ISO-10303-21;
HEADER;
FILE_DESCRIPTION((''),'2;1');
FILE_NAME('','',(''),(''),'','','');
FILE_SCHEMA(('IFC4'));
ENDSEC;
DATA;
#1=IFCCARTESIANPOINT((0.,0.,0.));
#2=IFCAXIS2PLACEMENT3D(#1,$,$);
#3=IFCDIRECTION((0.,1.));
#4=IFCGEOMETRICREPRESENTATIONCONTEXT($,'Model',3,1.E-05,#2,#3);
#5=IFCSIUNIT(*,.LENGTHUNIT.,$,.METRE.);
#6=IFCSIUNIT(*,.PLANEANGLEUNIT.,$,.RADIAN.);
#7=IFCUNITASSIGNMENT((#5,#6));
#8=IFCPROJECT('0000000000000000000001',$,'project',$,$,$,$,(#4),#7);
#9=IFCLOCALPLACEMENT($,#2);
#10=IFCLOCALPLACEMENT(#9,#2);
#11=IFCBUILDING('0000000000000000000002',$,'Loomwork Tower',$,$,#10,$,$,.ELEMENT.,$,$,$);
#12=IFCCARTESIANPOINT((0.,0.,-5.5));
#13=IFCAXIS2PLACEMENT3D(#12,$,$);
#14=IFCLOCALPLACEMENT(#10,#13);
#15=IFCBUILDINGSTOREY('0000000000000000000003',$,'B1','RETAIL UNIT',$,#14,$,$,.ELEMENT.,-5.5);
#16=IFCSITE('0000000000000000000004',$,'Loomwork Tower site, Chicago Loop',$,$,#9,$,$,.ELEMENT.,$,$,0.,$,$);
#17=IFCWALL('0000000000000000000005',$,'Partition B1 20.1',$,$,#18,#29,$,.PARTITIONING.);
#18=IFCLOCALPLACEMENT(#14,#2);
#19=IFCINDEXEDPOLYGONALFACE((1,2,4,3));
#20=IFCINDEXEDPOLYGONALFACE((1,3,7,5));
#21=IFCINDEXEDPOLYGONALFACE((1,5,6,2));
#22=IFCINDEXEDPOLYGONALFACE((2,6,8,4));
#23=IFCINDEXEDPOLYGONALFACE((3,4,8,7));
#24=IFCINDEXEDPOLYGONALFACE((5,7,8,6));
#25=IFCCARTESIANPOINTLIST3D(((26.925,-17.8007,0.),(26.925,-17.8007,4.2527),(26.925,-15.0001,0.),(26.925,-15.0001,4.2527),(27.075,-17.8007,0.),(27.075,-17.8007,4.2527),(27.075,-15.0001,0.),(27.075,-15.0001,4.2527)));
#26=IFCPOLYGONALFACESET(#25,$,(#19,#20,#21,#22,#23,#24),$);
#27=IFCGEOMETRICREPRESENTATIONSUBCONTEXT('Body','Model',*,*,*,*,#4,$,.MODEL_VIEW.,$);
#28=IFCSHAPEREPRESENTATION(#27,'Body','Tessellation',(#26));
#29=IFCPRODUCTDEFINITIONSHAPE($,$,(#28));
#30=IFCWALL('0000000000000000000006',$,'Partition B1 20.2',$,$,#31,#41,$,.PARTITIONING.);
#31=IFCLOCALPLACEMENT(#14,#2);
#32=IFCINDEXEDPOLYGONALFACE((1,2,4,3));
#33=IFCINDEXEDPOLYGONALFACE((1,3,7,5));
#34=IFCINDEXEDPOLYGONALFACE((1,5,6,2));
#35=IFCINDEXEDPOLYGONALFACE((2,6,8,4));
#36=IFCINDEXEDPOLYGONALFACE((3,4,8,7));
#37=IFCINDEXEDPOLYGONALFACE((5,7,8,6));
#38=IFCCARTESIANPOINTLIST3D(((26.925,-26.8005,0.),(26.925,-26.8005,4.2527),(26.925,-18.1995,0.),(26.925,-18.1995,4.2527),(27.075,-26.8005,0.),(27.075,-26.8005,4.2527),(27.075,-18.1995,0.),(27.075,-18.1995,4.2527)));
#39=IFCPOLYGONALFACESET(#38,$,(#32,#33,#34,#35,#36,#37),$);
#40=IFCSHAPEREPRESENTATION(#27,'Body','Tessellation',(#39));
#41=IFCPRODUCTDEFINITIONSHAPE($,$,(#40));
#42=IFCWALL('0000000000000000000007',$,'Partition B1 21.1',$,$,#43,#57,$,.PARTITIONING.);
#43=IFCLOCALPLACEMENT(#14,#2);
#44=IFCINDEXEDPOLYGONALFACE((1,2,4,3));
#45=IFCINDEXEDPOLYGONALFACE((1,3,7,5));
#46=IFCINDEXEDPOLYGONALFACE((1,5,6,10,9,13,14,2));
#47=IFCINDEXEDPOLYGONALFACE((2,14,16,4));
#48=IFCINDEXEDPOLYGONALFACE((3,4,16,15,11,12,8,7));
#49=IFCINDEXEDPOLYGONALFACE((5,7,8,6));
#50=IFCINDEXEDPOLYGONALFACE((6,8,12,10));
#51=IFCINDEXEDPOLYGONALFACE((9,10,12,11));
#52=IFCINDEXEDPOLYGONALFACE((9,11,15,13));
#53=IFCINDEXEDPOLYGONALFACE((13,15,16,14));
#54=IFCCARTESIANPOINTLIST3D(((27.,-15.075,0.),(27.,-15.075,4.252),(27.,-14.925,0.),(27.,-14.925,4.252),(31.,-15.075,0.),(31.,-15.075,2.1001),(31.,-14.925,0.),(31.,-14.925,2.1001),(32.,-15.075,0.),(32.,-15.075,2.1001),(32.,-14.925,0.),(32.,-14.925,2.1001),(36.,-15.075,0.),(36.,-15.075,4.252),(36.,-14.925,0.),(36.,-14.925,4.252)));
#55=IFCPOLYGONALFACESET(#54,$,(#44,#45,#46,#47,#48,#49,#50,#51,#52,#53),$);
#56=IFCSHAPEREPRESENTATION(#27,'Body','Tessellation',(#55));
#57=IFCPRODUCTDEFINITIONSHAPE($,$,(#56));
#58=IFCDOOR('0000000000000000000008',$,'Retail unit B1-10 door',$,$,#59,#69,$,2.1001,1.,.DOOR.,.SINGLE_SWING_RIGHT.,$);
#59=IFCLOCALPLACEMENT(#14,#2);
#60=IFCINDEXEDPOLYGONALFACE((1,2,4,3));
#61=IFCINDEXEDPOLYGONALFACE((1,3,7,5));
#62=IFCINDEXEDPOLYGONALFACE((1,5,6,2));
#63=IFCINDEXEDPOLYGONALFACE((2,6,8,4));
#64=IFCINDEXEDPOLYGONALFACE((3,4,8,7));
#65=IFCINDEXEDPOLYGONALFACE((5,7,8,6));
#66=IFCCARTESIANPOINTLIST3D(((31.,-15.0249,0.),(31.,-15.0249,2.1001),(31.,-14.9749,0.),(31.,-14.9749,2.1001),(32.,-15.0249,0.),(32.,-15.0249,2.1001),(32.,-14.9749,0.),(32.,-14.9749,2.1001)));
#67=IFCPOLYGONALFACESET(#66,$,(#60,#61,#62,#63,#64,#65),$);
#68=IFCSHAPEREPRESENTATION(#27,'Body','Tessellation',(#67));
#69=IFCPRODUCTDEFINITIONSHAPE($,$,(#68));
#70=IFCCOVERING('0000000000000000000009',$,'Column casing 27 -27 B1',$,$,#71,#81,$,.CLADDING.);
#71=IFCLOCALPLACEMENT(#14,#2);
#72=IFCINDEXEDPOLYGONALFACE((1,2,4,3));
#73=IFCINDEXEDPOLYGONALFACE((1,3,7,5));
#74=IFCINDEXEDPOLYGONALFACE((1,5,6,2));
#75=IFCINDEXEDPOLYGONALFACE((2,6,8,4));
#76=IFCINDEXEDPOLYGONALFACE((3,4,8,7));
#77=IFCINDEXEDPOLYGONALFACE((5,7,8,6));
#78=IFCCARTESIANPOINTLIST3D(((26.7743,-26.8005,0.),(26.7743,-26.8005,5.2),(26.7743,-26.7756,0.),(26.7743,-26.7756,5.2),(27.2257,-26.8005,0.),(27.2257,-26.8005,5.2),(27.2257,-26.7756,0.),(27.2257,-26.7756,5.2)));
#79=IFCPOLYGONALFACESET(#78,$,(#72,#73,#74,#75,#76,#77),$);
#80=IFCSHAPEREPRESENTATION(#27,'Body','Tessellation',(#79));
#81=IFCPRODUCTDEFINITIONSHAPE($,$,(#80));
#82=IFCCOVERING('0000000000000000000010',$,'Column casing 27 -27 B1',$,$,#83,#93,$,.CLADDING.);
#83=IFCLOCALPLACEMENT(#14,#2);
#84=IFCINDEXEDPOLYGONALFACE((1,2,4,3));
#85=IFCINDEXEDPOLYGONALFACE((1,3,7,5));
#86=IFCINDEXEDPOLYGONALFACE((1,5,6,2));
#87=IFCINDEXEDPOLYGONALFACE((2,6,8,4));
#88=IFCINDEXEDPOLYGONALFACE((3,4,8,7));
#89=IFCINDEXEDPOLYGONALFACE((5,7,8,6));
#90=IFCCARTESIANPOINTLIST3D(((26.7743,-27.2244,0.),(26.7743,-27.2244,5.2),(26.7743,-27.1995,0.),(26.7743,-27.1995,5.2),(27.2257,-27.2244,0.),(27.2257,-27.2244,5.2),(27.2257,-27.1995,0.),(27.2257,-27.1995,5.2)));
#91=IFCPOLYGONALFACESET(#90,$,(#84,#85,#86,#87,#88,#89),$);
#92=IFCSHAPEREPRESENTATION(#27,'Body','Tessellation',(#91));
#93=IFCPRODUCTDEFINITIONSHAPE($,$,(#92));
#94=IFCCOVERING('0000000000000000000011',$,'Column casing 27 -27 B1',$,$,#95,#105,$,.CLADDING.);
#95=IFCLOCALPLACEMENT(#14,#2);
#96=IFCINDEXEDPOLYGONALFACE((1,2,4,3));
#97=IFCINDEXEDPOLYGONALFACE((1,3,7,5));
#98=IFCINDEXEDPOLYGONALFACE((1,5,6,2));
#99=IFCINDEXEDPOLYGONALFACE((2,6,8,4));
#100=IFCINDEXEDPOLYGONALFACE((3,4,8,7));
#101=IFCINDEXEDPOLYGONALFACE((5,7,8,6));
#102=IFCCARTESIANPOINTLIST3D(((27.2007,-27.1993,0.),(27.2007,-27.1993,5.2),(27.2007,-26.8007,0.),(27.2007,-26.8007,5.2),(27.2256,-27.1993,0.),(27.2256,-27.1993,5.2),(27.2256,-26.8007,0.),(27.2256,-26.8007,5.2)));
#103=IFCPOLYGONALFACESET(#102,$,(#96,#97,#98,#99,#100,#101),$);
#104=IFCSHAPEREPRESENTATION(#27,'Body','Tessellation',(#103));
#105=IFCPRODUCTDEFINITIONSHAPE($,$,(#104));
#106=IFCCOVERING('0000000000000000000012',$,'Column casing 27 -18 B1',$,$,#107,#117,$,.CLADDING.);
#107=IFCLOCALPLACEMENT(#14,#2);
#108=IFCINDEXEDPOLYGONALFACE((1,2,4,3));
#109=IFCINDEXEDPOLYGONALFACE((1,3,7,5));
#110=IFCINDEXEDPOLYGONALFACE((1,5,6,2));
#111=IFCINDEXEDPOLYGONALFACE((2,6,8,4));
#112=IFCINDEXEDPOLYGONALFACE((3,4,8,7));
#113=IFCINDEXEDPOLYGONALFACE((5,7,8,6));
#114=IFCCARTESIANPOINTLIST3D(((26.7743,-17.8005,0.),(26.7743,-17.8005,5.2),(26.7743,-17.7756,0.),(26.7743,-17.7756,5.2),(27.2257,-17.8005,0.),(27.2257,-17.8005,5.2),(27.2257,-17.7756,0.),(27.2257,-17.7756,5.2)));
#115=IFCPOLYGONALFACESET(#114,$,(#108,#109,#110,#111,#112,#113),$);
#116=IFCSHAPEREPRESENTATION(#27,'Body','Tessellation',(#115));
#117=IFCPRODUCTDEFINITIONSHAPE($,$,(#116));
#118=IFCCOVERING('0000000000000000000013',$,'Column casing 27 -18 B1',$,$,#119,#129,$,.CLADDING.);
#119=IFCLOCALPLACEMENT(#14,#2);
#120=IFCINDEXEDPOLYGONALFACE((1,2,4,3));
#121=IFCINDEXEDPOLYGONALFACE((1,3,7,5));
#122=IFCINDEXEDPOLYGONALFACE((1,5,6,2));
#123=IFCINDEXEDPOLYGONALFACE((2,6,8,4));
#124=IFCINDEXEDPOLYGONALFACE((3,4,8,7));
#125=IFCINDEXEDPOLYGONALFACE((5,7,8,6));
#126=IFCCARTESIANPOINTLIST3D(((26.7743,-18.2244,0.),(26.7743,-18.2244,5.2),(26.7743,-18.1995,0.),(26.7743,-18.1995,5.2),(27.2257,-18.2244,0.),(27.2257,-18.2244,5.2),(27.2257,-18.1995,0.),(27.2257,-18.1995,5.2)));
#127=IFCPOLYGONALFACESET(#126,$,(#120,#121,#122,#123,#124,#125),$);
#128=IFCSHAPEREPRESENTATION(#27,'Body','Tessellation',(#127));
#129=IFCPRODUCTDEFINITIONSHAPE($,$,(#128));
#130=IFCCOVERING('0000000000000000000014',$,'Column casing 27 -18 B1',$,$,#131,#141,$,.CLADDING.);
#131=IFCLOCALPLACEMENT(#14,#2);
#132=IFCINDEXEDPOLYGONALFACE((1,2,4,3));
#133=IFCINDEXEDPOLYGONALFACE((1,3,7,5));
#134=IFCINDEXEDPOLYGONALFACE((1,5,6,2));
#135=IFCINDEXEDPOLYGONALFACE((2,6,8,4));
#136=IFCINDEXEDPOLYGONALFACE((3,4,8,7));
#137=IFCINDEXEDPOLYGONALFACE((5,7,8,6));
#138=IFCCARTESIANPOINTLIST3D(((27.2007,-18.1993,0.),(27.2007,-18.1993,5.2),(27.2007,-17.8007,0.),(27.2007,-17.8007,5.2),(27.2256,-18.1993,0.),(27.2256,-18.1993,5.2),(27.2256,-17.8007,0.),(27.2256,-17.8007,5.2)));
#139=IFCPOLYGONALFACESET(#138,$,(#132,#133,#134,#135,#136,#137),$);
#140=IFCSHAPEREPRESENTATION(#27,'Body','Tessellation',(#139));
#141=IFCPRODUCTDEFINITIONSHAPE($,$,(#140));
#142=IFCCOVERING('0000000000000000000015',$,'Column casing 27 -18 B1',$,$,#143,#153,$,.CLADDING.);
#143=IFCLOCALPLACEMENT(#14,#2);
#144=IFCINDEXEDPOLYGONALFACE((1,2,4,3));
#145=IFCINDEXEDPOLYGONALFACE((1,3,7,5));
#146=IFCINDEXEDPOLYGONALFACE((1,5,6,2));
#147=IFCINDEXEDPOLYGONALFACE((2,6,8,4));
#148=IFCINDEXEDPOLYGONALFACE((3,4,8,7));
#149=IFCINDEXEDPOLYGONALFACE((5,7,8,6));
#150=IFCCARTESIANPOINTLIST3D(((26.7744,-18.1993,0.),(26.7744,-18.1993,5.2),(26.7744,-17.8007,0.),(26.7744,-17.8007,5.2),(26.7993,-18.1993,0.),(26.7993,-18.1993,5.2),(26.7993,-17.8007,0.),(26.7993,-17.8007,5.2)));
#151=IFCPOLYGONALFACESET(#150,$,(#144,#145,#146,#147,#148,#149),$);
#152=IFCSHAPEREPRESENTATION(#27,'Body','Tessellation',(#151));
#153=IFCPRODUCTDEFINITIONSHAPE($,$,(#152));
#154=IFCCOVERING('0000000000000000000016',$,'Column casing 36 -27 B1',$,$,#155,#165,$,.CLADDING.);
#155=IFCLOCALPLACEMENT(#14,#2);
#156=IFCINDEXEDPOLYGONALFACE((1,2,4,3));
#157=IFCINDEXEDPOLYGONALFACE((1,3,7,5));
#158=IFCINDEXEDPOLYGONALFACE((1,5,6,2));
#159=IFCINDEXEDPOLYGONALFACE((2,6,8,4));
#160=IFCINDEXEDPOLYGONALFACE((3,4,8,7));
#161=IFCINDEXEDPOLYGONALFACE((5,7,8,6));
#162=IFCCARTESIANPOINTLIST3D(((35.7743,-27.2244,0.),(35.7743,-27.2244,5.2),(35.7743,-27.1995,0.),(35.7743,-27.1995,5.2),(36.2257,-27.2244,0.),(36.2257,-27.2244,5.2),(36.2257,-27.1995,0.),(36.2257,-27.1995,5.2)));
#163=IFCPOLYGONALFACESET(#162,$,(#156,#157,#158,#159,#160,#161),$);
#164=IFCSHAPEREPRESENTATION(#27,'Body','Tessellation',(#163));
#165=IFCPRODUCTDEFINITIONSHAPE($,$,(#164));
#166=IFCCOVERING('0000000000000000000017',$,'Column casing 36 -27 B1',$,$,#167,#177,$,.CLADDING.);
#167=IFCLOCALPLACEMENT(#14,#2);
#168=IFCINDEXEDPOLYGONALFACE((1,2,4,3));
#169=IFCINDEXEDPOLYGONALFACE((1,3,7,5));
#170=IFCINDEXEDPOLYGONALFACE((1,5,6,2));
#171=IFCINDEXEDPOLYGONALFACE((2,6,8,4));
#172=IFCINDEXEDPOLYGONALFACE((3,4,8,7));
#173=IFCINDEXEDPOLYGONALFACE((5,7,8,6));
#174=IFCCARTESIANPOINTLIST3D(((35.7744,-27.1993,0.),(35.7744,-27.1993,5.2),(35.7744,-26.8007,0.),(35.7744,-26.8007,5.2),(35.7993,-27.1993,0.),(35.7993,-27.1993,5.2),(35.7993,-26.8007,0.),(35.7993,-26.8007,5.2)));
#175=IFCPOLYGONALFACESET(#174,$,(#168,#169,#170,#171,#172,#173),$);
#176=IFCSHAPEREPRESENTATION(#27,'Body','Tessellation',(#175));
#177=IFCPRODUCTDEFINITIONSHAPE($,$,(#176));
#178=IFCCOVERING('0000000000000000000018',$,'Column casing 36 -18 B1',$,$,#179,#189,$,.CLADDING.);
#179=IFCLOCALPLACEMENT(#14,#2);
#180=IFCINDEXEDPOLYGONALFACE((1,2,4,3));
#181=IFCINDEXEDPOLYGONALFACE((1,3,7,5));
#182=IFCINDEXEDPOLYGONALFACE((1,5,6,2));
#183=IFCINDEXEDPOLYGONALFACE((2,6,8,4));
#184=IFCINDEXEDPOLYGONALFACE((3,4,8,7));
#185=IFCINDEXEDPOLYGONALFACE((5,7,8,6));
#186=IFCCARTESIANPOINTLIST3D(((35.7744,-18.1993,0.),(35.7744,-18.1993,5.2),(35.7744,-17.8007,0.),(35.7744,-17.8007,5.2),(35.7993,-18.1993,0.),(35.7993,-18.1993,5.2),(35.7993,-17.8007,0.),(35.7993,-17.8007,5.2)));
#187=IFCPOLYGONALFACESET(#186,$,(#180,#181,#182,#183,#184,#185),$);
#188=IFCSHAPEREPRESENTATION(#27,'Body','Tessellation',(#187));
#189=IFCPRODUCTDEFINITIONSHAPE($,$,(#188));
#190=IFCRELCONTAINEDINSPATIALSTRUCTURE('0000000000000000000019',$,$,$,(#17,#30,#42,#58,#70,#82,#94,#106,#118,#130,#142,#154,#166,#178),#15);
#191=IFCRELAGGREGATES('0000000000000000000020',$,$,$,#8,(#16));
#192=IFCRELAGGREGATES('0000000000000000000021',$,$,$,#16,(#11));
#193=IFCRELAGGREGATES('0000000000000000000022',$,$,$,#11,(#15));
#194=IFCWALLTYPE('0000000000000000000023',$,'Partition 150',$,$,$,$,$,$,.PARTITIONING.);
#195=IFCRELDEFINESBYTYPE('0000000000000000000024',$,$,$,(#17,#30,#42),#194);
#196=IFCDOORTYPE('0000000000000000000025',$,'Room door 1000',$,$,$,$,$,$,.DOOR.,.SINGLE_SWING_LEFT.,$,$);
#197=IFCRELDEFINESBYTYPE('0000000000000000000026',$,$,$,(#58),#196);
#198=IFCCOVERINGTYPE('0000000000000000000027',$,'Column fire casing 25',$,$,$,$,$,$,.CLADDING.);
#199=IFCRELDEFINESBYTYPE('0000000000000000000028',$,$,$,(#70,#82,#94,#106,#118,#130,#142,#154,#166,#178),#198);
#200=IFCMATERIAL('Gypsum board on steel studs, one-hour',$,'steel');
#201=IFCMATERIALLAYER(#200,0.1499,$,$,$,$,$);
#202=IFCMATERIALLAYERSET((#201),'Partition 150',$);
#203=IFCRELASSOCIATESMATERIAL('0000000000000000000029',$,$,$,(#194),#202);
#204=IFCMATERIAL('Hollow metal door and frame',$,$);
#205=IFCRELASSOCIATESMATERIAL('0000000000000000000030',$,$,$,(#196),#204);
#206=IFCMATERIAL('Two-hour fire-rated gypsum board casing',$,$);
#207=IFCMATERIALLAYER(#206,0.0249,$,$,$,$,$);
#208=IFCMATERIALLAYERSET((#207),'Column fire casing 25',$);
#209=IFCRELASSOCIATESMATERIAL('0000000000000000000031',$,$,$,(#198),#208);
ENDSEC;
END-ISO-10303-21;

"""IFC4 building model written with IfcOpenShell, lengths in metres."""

from ifc_helpers import new_model, si_unit, direction, frame, frame_2d, origin, origin_2d, place, context, subcontext, project, spatial, rectangle, extrude, material, layer, layer_set, type_object, element, fill, save


model = new_model("IFC4")

# Units and contexts
model_context = context("Model", 3, precision=1e-05, world=origin(), true_north=direction((0.0, 1.0)))
body_context = subcontext(model_context, "Body", "Model", "MODEL_VIEW")
ifc_project = project(units=[si_unit("LENGTHUNIT", "METRE"), si_unit("PLANEANGLEUNIT", "RADIAN")], contexts=[model_context])

# Site, building, storey
site_placement = place(None, origin())
site = spatial("IfcSite", under=ifc_project, at=site_placement, Name="Loomwork Tower site, Chicago Loop", CompositionType="ELEMENT", RefElevation=0.0)
building_placement = place(site_placement, origin())
building = spatial("IfcBuilding", under=site, at=building_placement, Name="Loomwork Tower", CompositionType="ELEMENT")
storey_placement = place(building_placement, frame((0.0, 0.0, -5.5)))
storey = spatial("IfcBuildingStorey", under=building, at=storey_placement, Name="B1", Description="RETAIL UNIT", CompositionType="ELEMENT", Elevation=-5.5)

# Walls
ifc_material_1 = material(Name="Gypsum board on steel studs, one-hour", Category="steel")
ifc_layer_1 = layer(ifc_material_1, 0.1499)
ifc_layer_set_1 = layer_set([ifc_layer_1], Name="Partition 150")
wall_type = type_object("IfcWallType", Name="Partition 150", PredefinedType="PARTITIONING", material=ifc_layer_set_1)
wall_1_placement = place(storey_placement, frame((27.0, -15.0, 0.0), z_axis=(0.0, 0.0, 1.0), x_axis=(0.0, -1.0, 0.0)))
element("IfcWall", 1, at=wall_1_placement, inside=storey, type_object=wall_type, Name="Partition B1 20.1", PredefinedType="PARTITIONING", context=body_context, shape_type="SweptSolid", body=[
    extrude(rectangle(XDim=2.8005, YDim=0.1499, at=frame_2d((1.4004, 0.0))), origin(), (0.0, 0.0, 1.0), 4.2527),
])
wall_2_placement = place(storey_placement, frame((27.0, -18.1995, 0.0), z_axis=(0.0, 0.0, 1.0), x_axis=(0.0, -1.0, 0.0)))
element("IfcWall", 2, at=wall_2_placement, inside=storey, type_object=wall_type, Name="Partition B1 20.2", PredefinedType="PARTITIONING", context=body_context, shape_type="SweptSolid", body=[
    extrude(rectangle(XDim=8.6011, YDim=0.1499, at=frame_2d((4.3005, 0.0))), origin(), (0.0, 0.0, 1.0), 4.2527),
])

# Wall, opening, door
wall_3_placement = place(storey_placement, frame((27.0, -15.0, 0.0), z_axis=(0.0, 0.0, 1.0), x_axis=(1.0, 0.0, 0.0)))
wall_3 = element("IfcWall", 3, at=wall_3_placement, inside=storey, type_object=wall_type, Name="Partition B1 21.1", PredefinedType="PARTITIONING", context=body_context, shape_type="SweptSolid", body=[
    extrude(rectangle(XDim=9.0, YDim=0.1499, at=frame_2d((4.5, 0.0))), origin(), (0.0, 0.0, 1.0), 4.252),
])
opening_placement = place(wall_3_placement, frame((4.0, 0.0, 0.0)))
opening = element("IfcOpeningElement", 4, at=opening_placement, cuts=wall_3, PredefinedType="OPENING", context=body_context, shape_type="SweptSolid", body=[
    extrude(rectangle(XDim=1.0, YDim=2.1001, at=frame_2d((0.5, 1.05))), frame((0.0, 0.085, 0.0), z_axis=(0.0, -1.0, 0.0), x_axis=(1.0, 0.0, 0.0)), (0.0, 0.0, 1.0), 0.1699),
])
ifc_material_2 = material(Name="Hollow metal door and frame")
door_type = type_object("IfcDoorType", Name="Room door 1000", OperationType="SINGLE_SWING_LEFT", PredefinedType="DOOR", material=ifc_material_2)
door_placement = place(opening_placement, frame((1.0, 0.0, 0.0), z_axis=(0.0, 0.0, 1.0), x_axis=(-1.0, 0.0, 0.0)))
door = element("IfcDoor", 5, at=door_placement, inside=storey, type_object=door_type, Name="Retail unit B1-10 door", OperationType="SINGLE_SWING_RIGHT", OverallHeight=2.1001, OverallWidth=1.0, PredefinedType="DOOR", context=body_context, shape_type="SweptSolid", body=[
    extrude(rectangle(XDim=1.0, YDim=2.1001, at=frame_2d((0.5, 1.05))), frame((0.0, 0.0249, 0.0), z_axis=(0.0, -1.0, 0.0), x_axis=(1.0, 0.0, 0.0)), (0.0, 0.0, 1.0), 0.05),
])
fill(opening, door)

# Coverings
ifc_material_3 = material(Name="Two-hour fire-rated gypsum board casing")
ifc_layer_2 = layer(ifc_material_3, 0.0249)
ifc_layer_set_2 = layer_set([ifc_layer_2], Name="Column fire casing 25")
covering_type = type_object("IfcCoveringType", Name="Column fire casing 25", PredefinedType="CLADDING", material=ifc_layer_set_2)
for number, where, z_axis, x_axis, name in (
    (6, (27.0, -26.7881, 0.0), (0.0, 0.0, 1.0), (1.0, 0.0, 0.0), "Column casing 27 -27 B1"),
    (7, (27.0, -27.2119, 0.0), (0.0, 0.0, 1.0), (1.0, 0.0, 0.0), "Column casing 27 -27 B1"),
):
    element("IfcCovering", number, at=place(storey_placement, frame(where, z_axis=z_axis, x_axis=x_axis)), inside=storey, type_object=covering_type, Name=name, PredefinedType="CLADDING", context=body_context, shape_type="SweptSolid", body=[
        extrude(rectangle(XDim=0.4514, YDim=0.0249, at=origin_2d()), origin(), (0.0, 0.0, 1.0), 5.2),
    ])
covering_1_placement = place(storey_placement, frame((27.2131, -27.0, 0.0), z_axis=(0.0, 0.0, 1.0), x_axis=(1.0, 0.0, 0.0)))
element("IfcCovering", 8, at=covering_1_placement, inside=storey, type_object=covering_type, Name="Column casing 27 -27 B1", PredefinedType="CLADDING", context=body_context, shape_type="SweptSolid", body=[
    extrude(rectangle(XDim=0.0249, YDim=0.3987, at=origin_2d()), origin(), (0.0, 0.0, 1.0), 5.2),
])
for number, where, z_axis, x_axis, name in (
    (9, (27.0, -17.7881, 0.0), (0.0, 0.0, 1.0), (1.0, 0.0, 0.0), "Column casing 27 -18 B1"),
    (10, (27.0, -18.2119, 0.0), (0.0, 0.0, 1.0), (1.0, 0.0, 0.0), "Column casing 27 -18 B1"),
):
    element("IfcCovering", number, at=place(storey_placement, frame(where, z_axis=z_axis, x_axis=x_axis)), inside=storey, type_object=covering_type, Name=name, PredefinedType="CLADDING", context=body_context, shape_type="SweptSolid", body=[
        extrude(rectangle(XDim=0.4514, YDim=0.0249, at=origin_2d()), origin(), (0.0, 0.0, 1.0), 5.2),
    ])
for number, where, z_axis, x_axis, name in (
    (11, (27.2131, -18.0, 0.0), (0.0, 0.0, 1.0), (1.0, 0.0, 0.0), "Column casing 27 -18 B1"),
    (12, (26.7869, -18.0, 0.0), (0.0, 0.0, 1.0), (1.0, 0.0, 0.0), "Column casing 27 -18 B1"),
):
    element("IfcCovering", number, at=place(storey_placement, frame(where, z_axis=z_axis, x_axis=x_axis)), inside=storey, type_object=covering_type, Name=name, PredefinedType="CLADDING", context=body_context, shape_type="SweptSolid", body=[
        extrude(rectangle(XDim=0.0249, YDim=0.3987, at=origin_2d()), origin(), (0.0, 0.0, 1.0), 5.2),
    ])
covering_2_placement = place(storey_placement, frame((36.0, -27.2119, 0.0), z_axis=(0.0, 0.0, 1.0), x_axis=(1.0, 0.0, 0.0)))
element("IfcCovering", 13, at=covering_2_placement, inside=storey, type_object=covering_type, Name="Column casing 36 -27 B1", PredefinedType="CLADDING", context=body_context, shape_type="SweptSolid", body=[
    extrude(rectangle(XDim=0.4514, YDim=0.0249, at=origin_2d()), origin(), (0.0, 0.0, 1.0), 5.2),
])
for number, where, z_axis, x_axis, name in (
    (14, (35.7869, -27.0, 0.0), (0.0, 0.0, 1.0), (1.0, 0.0, 0.0), "Column casing 36 -27 B1"),
    (15, (35.7869, -18.0, 0.0), (0.0, 0.0, 1.0), (1.0, 0.0, 0.0), "Column casing 36 -18 B1"),
):
    element("IfcCovering", number, at=place(storey_placement, frame(where, z_axis=z_axis, x_axis=x_axis)), inside=storey, type_object=covering_type, Name=name, PredefinedType="CLADDING", context=body_context, shape_type="SweptSolid", body=[
        extrude(rectangle(XDim=0.0249, YDim=0.3987, at=origin_2d()), origin(), (0.0, 0.0, 1.0), 5.2),
    ])

save(model, "model.ifc")
